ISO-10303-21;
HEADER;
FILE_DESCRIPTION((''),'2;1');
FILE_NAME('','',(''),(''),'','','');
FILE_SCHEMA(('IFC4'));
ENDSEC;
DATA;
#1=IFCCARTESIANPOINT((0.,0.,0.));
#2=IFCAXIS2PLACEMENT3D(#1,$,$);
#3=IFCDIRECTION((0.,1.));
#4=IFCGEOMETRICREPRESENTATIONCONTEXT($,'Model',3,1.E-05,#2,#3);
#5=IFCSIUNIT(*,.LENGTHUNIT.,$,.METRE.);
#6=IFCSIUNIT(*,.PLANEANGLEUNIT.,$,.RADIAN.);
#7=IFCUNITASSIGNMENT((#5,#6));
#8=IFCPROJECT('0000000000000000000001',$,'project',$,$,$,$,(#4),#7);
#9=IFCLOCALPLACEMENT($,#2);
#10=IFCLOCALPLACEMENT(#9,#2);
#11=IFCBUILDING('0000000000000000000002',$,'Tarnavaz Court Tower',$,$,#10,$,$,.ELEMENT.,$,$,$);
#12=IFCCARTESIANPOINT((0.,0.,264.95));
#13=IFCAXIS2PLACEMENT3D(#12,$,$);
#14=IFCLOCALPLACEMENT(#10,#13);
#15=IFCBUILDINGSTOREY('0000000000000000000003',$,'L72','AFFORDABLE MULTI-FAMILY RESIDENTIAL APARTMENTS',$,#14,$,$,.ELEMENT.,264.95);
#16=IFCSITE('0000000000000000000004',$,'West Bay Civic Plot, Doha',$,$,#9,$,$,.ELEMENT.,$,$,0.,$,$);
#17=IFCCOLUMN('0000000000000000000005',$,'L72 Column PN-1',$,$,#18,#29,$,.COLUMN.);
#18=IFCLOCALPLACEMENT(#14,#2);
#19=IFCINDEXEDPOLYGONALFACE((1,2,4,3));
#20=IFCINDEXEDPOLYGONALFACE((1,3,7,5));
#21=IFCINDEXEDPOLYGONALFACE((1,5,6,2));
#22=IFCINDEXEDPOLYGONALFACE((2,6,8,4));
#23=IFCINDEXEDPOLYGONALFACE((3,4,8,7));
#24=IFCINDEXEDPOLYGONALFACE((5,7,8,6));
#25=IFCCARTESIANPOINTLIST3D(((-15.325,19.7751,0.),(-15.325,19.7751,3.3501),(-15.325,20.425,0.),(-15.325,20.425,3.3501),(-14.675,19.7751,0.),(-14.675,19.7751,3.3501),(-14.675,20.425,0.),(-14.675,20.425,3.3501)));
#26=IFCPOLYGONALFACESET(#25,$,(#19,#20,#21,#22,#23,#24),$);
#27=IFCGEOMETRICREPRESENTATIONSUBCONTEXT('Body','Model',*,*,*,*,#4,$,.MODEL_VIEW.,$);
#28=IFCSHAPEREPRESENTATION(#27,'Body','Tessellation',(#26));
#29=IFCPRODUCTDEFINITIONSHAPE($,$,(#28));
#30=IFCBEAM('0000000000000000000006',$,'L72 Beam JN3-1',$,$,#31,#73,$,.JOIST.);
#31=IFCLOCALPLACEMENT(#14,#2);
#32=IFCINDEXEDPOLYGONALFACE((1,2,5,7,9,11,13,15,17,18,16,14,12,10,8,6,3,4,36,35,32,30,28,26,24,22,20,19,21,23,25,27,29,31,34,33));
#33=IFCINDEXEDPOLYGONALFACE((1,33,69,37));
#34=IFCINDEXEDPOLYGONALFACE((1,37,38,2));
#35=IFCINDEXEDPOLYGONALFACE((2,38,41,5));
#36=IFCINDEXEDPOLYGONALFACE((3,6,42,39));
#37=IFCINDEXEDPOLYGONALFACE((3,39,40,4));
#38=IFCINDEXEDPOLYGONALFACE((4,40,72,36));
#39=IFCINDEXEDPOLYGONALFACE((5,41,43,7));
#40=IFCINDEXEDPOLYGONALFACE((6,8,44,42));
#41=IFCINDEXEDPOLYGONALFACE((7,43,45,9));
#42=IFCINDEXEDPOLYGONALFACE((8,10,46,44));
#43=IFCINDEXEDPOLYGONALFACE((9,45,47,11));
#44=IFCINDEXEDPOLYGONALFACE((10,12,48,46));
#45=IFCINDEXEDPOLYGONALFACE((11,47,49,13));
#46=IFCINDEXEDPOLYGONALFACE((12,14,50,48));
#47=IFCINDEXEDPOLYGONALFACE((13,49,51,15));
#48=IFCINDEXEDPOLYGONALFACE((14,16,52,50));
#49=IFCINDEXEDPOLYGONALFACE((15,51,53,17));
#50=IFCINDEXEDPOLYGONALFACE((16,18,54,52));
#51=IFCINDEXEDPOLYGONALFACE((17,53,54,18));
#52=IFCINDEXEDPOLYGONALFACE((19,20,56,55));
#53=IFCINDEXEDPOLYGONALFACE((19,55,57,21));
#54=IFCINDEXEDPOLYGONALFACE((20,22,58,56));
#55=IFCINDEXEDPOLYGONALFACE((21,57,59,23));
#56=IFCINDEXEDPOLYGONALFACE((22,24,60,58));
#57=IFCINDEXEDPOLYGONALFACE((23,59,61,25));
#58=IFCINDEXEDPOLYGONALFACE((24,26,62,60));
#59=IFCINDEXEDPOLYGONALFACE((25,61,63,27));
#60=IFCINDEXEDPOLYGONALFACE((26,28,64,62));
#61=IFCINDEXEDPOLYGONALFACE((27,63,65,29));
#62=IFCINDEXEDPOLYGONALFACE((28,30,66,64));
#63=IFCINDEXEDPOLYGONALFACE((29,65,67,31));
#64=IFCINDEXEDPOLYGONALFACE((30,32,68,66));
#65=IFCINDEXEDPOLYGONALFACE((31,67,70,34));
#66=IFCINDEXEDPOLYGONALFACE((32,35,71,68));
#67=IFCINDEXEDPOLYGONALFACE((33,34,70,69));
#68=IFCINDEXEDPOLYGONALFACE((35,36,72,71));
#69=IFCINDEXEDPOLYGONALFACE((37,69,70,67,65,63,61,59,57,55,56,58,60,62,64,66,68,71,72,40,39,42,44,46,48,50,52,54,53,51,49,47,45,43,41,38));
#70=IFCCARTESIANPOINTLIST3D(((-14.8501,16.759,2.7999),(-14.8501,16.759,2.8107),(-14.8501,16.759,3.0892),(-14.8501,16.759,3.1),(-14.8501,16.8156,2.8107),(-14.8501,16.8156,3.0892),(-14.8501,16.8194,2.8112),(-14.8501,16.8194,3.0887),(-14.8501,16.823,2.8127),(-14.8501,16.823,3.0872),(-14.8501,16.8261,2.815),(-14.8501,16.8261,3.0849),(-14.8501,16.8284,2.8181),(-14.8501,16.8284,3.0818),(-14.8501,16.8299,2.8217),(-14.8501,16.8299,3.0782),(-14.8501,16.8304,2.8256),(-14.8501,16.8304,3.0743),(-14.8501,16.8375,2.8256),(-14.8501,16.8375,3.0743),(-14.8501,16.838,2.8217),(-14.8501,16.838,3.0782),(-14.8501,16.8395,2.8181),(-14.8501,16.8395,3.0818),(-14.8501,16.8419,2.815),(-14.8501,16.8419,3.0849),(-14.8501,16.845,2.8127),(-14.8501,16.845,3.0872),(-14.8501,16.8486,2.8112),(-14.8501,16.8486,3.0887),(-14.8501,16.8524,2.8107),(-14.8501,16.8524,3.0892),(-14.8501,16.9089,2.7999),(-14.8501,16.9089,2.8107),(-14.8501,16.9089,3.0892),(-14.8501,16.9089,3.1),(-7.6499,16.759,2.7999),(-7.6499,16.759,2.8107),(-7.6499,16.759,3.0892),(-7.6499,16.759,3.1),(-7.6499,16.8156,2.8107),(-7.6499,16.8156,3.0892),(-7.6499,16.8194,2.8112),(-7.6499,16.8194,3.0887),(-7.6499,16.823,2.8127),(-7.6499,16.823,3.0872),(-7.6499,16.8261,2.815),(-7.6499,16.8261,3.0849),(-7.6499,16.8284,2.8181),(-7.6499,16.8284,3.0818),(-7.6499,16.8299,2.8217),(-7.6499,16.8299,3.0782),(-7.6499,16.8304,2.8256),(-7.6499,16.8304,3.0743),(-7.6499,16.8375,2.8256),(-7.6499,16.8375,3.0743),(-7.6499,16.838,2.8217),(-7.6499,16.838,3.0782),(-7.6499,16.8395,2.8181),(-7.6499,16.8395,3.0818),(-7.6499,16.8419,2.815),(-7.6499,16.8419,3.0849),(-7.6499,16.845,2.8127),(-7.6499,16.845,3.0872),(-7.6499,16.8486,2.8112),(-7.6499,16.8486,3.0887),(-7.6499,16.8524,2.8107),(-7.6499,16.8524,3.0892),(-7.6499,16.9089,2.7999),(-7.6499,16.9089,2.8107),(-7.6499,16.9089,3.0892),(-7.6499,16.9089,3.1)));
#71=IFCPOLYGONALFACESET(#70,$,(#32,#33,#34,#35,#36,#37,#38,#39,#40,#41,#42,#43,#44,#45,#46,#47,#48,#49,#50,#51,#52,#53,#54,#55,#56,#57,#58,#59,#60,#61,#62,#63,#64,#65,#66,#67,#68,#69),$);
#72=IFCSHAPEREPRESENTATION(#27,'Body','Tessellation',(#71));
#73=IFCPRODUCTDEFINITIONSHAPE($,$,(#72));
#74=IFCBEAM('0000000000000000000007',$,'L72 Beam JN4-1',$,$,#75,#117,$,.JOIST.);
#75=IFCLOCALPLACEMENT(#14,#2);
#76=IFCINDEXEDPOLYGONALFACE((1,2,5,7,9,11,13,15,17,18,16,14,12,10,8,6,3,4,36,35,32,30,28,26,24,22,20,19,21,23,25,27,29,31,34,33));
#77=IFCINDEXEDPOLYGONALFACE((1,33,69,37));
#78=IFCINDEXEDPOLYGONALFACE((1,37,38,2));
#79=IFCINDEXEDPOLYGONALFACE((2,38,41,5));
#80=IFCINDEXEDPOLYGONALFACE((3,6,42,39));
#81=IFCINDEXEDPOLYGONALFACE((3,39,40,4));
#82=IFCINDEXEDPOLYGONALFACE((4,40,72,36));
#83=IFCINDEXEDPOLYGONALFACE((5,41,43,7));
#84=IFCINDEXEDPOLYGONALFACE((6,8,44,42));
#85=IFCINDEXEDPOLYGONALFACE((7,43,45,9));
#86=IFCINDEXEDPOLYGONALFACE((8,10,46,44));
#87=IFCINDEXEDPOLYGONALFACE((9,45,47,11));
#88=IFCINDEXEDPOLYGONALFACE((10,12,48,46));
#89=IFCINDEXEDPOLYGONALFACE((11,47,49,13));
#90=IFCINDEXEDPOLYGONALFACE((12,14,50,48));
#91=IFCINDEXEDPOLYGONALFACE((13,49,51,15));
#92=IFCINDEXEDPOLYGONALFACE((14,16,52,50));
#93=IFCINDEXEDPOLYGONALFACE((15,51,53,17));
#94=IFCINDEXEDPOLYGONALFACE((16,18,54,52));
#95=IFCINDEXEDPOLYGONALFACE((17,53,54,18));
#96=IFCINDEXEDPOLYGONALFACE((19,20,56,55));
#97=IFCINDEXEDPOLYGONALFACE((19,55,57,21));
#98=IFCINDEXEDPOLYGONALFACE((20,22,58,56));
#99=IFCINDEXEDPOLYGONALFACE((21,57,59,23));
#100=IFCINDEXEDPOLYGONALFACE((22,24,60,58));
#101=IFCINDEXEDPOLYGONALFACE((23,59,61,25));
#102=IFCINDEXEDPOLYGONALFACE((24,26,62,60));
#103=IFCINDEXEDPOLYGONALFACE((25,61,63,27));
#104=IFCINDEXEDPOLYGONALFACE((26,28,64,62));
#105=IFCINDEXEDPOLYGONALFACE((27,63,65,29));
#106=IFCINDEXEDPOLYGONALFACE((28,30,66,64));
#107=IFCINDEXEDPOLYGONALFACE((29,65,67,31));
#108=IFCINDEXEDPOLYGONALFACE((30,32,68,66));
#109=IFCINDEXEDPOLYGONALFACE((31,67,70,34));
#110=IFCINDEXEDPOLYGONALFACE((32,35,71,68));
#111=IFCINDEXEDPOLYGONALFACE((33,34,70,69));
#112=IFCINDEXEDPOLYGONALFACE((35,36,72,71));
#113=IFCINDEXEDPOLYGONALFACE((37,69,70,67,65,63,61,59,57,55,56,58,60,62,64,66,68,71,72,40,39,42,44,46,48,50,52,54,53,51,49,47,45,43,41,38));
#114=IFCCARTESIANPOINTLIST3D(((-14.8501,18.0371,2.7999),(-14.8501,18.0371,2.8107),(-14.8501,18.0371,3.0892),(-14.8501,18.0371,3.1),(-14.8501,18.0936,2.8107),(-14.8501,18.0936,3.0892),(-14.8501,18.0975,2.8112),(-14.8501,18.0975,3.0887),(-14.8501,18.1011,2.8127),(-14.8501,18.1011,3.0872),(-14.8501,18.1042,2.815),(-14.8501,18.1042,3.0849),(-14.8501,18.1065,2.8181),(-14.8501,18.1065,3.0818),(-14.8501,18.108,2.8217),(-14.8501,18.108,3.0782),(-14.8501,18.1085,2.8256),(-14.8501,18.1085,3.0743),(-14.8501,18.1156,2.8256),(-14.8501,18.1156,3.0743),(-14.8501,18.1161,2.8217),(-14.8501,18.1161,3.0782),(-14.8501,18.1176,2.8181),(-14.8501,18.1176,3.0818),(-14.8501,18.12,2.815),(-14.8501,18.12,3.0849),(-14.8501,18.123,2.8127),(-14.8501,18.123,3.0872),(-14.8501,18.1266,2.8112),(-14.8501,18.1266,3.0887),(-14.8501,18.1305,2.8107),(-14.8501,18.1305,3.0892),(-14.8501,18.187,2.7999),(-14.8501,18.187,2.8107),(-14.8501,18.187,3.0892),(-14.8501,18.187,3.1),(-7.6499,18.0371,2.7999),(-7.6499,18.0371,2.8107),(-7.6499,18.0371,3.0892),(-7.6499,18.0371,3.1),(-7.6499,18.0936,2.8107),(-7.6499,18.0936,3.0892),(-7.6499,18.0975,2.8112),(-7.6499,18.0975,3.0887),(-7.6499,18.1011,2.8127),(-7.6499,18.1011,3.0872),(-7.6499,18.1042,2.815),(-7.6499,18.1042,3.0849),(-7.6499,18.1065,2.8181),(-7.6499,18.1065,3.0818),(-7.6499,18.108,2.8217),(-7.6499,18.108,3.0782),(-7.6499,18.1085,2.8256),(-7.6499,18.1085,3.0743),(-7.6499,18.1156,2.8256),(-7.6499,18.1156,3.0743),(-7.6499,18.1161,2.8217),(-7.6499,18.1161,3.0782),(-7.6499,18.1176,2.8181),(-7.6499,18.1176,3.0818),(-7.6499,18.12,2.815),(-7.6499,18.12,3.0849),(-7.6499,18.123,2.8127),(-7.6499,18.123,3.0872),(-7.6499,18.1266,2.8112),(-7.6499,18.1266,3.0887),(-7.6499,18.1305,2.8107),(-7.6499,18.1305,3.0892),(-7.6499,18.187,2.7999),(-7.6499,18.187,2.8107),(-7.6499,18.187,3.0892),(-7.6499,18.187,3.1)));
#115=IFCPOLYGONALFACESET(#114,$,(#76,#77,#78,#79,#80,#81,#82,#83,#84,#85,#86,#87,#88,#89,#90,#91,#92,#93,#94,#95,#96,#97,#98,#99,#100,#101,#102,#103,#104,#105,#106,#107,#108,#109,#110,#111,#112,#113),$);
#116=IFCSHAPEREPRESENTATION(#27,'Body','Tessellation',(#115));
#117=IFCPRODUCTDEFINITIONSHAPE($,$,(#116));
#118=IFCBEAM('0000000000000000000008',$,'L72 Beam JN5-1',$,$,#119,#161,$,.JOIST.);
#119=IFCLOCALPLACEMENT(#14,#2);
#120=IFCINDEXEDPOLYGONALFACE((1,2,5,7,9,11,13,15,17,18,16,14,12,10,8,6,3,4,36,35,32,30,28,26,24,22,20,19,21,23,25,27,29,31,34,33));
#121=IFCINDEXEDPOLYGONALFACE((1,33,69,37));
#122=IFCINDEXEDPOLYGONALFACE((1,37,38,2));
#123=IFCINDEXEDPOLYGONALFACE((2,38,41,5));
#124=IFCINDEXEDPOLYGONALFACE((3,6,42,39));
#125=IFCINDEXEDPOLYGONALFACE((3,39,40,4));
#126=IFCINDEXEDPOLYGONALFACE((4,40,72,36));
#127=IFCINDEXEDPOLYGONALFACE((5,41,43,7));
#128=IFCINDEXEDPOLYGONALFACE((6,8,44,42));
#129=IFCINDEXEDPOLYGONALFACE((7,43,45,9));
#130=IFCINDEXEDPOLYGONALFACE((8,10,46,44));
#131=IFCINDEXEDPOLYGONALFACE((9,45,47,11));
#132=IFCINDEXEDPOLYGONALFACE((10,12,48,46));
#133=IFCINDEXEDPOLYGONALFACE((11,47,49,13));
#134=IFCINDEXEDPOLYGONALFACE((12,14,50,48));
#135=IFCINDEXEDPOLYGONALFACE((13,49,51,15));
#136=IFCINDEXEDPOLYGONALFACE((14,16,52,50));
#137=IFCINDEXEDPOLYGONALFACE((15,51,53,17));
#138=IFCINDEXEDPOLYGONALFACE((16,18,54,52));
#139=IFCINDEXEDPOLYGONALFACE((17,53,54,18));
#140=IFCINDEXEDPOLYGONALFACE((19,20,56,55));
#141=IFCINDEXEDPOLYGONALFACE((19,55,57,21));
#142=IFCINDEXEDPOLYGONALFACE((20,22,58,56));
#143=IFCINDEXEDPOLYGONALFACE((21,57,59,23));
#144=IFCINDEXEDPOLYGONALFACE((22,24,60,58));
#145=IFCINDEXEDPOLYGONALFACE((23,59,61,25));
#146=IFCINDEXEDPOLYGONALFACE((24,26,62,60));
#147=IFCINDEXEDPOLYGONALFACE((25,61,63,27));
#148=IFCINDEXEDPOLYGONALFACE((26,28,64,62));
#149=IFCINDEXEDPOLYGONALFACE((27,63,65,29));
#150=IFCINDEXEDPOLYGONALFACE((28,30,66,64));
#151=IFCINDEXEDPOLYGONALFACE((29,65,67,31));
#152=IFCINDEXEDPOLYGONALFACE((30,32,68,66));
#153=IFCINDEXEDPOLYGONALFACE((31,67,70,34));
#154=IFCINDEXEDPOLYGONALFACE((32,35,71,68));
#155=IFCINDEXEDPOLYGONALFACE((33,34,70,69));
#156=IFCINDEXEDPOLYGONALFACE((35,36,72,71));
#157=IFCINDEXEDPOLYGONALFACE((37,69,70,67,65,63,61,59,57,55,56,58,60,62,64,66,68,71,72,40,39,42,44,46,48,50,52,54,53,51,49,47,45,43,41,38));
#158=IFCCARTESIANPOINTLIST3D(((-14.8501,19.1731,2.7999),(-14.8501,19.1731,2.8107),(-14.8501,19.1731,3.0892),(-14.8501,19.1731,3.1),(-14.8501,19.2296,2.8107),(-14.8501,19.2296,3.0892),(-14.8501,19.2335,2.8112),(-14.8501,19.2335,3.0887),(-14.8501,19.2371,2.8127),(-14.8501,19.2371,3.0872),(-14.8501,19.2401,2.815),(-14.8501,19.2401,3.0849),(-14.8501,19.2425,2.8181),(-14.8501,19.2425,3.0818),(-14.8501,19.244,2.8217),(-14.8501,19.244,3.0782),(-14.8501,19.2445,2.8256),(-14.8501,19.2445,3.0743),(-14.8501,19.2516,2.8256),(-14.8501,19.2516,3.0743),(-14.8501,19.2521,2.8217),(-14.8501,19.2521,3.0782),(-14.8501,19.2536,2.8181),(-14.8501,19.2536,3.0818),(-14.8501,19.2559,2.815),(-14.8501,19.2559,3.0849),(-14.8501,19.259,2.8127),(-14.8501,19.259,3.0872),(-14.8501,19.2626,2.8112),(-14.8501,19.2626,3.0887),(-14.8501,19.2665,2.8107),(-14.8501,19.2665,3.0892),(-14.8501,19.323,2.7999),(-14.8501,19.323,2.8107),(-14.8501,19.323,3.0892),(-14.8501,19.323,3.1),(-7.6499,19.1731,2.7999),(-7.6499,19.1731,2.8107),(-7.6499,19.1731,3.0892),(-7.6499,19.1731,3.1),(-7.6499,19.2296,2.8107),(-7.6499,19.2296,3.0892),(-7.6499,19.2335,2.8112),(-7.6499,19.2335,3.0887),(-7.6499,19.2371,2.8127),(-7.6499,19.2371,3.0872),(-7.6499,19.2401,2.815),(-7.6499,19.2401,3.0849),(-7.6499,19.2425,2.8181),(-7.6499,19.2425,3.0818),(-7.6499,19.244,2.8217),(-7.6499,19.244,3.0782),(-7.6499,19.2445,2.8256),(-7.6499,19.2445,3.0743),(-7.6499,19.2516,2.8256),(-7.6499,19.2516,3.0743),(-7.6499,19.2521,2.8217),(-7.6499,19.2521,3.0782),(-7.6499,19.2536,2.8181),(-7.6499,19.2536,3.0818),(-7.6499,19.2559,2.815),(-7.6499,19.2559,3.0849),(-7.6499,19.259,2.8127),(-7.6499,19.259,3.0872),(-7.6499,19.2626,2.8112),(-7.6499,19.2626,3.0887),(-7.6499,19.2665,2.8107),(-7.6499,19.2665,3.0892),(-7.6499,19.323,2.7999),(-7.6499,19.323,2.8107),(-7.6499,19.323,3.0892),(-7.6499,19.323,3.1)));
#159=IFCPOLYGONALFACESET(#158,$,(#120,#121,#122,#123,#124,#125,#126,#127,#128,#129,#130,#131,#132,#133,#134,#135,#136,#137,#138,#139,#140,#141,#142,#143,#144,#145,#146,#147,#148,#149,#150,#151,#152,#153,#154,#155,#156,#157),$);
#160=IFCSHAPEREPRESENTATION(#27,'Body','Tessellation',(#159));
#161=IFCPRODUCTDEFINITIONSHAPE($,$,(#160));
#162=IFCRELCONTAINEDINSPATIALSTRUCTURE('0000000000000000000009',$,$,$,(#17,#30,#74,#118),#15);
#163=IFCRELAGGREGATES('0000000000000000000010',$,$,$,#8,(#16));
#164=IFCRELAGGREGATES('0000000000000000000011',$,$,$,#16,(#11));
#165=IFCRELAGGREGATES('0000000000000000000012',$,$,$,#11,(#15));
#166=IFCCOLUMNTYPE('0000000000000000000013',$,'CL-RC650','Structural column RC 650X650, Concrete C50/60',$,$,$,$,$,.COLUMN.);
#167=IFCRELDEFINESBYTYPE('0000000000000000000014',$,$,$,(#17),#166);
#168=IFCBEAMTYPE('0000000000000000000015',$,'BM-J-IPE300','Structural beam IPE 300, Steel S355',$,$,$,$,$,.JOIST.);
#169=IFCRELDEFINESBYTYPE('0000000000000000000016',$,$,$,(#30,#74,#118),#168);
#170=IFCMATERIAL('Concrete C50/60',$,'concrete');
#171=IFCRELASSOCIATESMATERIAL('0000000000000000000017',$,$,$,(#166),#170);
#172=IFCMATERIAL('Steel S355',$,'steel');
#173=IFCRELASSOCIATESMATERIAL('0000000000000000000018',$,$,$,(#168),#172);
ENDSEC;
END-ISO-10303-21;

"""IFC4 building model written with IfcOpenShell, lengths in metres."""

from ifc_helpers import new_model, si_unit, direction, frame, origin, origin_2d, place, context, subcontext, project, spatial, rectangle, i_section, extrude, material, material_profile, profile_set, type_object, element, save


model = new_model("IFC4")

# Units and contexts
model_context = context("Model", 3, precision=1e-05, world=origin(), true_north=direction((0.0, 1.0)))
body_context = subcontext(model_context, "Body", "Model", "MODEL_VIEW")
ifc_project = project(units=[si_unit("LENGTHUNIT", "METRE"), si_unit("PLANEANGLEUNIT", "RADIAN")], contexts=[model_context])

# Site, building, storey
site_placement = place(None, origin())
site = spatial("IfcSite", under=ifc_project, at=site_placement, Name="West Bay Civic Plot, Doha", CompositionType="ELEMENT", RefElevation=0.0)
building_placement = place(site_placement, origin())
building = spatial("IfcBuilding", under=site, at=building_placement, Name="Tarnavaz Court Tower", CompositionType="ELEMENT")
storey_placement = place(building_placement, frame((0.0, 0.0, 264.95)))
storey = spatial("IfcBuildingStorey", under=building, at=storey_placement, Name="L72", Description="AFFORDABLE MULTI-FAMILY RESIDENTIAL APARTMENTS", CompositionType="ELEMENT", Elevation=264.95)

# Column
ifc_material_1 = material(Name="Concrete C50/60", Category="concrete")
ifc_material_profile_1 = material_profile(ifc_material_1, rectangle(XDim=0.6499, YDim=0.6499, at=origin_2d()), Name="RC 650X650")
ifc_profile_set_1 = profile_set([ifc_material_profile_1], Name="Concrete C50/60")
column_type = type_object("IfcColumnType", Name="CL-RC650", Description="Structural column RC 650X650, Concrete C50/60", PredefinedType="COLUMN", material=ifc_profile_set_1)
column_placement = place(storey_placement, frame((-15.0, 20.1001, 0.0), z_axis=(0.0, 0.0, 1.0), x_axis=(1.0, 0.0, 0.0)))
element("IfcColumn", 1, at=column_placement, inside=storey, type_object=column_type, Name="L72 Column PN-1", PredefinedType="COLUMN", context=body_context, shape_type="SweptSolid", body=[
    extrude(rectangle(XDim=0.6499, YDim=0.6499, at=origin_2d()), origin(), (0.0, 0.0, 1.0), 3.3501),
])

# Beams
ifc_material_2 = material(Name="Steel S355", Category="steel")
ifc_material_profile_2 = material_profile(ifc_material_2, i_section(OverallWidth=0.1499, OverallDepth=0.3, WebThickness=0.0071, FlangeThickness=0.0107, FilletRadius=0.0149, at=origin_2d()), Name="IPE 300")
ifc_profile_set_2 = profile_set([ifc_material_profile_2], Name="Steel S355")
beam_type_1 = type_object("IfcBeamType", Name="BM-J-IPE300", Description="Structural beam IPE 300, Steel S355", PredefinedType="JOIST", material=ifc_profile_set_2)
for number, where, z_axis, x_axis, name in (
    (2, (-14.8501, 16.834, 2.95), (1.0, 0.0, 0.0), (0.0, 1.0, 0.0), "L72 Beam JN3-1"),
    (3, (-14.8501, 18.1121, 2.95), (1.0, 0.0, 0.0), (0.0, 1.0, 0.0), "L72 Beam JN4-1"),
    (4, (-14.8501, 19.248, 2.95), (1.0, 0.0, 0.0), (0.0, 1.0, 0.0), "L72 Beam JN5-1"),
):
    element("IfcBeam", number, at=place(storey_placement, frame(where, z_axis=z_axis, x_axis=x_axis)), inside=storey, type_object=beam_type_1, Name=name, PredefinedType="JOIST", context=body_context, shape_type="SweptSolid", body=[
        extrude(i_section(OverallWidth=0.1499, OverallDepth=0.3, WebThickness=0.0071, FlangeThickness=0.0107, FilletRadius=0.0149, at=origin_2d()), origin(), (0.0, 0.0, 1.0), 7.2002),
    ])

save(model, "model.ifc")
